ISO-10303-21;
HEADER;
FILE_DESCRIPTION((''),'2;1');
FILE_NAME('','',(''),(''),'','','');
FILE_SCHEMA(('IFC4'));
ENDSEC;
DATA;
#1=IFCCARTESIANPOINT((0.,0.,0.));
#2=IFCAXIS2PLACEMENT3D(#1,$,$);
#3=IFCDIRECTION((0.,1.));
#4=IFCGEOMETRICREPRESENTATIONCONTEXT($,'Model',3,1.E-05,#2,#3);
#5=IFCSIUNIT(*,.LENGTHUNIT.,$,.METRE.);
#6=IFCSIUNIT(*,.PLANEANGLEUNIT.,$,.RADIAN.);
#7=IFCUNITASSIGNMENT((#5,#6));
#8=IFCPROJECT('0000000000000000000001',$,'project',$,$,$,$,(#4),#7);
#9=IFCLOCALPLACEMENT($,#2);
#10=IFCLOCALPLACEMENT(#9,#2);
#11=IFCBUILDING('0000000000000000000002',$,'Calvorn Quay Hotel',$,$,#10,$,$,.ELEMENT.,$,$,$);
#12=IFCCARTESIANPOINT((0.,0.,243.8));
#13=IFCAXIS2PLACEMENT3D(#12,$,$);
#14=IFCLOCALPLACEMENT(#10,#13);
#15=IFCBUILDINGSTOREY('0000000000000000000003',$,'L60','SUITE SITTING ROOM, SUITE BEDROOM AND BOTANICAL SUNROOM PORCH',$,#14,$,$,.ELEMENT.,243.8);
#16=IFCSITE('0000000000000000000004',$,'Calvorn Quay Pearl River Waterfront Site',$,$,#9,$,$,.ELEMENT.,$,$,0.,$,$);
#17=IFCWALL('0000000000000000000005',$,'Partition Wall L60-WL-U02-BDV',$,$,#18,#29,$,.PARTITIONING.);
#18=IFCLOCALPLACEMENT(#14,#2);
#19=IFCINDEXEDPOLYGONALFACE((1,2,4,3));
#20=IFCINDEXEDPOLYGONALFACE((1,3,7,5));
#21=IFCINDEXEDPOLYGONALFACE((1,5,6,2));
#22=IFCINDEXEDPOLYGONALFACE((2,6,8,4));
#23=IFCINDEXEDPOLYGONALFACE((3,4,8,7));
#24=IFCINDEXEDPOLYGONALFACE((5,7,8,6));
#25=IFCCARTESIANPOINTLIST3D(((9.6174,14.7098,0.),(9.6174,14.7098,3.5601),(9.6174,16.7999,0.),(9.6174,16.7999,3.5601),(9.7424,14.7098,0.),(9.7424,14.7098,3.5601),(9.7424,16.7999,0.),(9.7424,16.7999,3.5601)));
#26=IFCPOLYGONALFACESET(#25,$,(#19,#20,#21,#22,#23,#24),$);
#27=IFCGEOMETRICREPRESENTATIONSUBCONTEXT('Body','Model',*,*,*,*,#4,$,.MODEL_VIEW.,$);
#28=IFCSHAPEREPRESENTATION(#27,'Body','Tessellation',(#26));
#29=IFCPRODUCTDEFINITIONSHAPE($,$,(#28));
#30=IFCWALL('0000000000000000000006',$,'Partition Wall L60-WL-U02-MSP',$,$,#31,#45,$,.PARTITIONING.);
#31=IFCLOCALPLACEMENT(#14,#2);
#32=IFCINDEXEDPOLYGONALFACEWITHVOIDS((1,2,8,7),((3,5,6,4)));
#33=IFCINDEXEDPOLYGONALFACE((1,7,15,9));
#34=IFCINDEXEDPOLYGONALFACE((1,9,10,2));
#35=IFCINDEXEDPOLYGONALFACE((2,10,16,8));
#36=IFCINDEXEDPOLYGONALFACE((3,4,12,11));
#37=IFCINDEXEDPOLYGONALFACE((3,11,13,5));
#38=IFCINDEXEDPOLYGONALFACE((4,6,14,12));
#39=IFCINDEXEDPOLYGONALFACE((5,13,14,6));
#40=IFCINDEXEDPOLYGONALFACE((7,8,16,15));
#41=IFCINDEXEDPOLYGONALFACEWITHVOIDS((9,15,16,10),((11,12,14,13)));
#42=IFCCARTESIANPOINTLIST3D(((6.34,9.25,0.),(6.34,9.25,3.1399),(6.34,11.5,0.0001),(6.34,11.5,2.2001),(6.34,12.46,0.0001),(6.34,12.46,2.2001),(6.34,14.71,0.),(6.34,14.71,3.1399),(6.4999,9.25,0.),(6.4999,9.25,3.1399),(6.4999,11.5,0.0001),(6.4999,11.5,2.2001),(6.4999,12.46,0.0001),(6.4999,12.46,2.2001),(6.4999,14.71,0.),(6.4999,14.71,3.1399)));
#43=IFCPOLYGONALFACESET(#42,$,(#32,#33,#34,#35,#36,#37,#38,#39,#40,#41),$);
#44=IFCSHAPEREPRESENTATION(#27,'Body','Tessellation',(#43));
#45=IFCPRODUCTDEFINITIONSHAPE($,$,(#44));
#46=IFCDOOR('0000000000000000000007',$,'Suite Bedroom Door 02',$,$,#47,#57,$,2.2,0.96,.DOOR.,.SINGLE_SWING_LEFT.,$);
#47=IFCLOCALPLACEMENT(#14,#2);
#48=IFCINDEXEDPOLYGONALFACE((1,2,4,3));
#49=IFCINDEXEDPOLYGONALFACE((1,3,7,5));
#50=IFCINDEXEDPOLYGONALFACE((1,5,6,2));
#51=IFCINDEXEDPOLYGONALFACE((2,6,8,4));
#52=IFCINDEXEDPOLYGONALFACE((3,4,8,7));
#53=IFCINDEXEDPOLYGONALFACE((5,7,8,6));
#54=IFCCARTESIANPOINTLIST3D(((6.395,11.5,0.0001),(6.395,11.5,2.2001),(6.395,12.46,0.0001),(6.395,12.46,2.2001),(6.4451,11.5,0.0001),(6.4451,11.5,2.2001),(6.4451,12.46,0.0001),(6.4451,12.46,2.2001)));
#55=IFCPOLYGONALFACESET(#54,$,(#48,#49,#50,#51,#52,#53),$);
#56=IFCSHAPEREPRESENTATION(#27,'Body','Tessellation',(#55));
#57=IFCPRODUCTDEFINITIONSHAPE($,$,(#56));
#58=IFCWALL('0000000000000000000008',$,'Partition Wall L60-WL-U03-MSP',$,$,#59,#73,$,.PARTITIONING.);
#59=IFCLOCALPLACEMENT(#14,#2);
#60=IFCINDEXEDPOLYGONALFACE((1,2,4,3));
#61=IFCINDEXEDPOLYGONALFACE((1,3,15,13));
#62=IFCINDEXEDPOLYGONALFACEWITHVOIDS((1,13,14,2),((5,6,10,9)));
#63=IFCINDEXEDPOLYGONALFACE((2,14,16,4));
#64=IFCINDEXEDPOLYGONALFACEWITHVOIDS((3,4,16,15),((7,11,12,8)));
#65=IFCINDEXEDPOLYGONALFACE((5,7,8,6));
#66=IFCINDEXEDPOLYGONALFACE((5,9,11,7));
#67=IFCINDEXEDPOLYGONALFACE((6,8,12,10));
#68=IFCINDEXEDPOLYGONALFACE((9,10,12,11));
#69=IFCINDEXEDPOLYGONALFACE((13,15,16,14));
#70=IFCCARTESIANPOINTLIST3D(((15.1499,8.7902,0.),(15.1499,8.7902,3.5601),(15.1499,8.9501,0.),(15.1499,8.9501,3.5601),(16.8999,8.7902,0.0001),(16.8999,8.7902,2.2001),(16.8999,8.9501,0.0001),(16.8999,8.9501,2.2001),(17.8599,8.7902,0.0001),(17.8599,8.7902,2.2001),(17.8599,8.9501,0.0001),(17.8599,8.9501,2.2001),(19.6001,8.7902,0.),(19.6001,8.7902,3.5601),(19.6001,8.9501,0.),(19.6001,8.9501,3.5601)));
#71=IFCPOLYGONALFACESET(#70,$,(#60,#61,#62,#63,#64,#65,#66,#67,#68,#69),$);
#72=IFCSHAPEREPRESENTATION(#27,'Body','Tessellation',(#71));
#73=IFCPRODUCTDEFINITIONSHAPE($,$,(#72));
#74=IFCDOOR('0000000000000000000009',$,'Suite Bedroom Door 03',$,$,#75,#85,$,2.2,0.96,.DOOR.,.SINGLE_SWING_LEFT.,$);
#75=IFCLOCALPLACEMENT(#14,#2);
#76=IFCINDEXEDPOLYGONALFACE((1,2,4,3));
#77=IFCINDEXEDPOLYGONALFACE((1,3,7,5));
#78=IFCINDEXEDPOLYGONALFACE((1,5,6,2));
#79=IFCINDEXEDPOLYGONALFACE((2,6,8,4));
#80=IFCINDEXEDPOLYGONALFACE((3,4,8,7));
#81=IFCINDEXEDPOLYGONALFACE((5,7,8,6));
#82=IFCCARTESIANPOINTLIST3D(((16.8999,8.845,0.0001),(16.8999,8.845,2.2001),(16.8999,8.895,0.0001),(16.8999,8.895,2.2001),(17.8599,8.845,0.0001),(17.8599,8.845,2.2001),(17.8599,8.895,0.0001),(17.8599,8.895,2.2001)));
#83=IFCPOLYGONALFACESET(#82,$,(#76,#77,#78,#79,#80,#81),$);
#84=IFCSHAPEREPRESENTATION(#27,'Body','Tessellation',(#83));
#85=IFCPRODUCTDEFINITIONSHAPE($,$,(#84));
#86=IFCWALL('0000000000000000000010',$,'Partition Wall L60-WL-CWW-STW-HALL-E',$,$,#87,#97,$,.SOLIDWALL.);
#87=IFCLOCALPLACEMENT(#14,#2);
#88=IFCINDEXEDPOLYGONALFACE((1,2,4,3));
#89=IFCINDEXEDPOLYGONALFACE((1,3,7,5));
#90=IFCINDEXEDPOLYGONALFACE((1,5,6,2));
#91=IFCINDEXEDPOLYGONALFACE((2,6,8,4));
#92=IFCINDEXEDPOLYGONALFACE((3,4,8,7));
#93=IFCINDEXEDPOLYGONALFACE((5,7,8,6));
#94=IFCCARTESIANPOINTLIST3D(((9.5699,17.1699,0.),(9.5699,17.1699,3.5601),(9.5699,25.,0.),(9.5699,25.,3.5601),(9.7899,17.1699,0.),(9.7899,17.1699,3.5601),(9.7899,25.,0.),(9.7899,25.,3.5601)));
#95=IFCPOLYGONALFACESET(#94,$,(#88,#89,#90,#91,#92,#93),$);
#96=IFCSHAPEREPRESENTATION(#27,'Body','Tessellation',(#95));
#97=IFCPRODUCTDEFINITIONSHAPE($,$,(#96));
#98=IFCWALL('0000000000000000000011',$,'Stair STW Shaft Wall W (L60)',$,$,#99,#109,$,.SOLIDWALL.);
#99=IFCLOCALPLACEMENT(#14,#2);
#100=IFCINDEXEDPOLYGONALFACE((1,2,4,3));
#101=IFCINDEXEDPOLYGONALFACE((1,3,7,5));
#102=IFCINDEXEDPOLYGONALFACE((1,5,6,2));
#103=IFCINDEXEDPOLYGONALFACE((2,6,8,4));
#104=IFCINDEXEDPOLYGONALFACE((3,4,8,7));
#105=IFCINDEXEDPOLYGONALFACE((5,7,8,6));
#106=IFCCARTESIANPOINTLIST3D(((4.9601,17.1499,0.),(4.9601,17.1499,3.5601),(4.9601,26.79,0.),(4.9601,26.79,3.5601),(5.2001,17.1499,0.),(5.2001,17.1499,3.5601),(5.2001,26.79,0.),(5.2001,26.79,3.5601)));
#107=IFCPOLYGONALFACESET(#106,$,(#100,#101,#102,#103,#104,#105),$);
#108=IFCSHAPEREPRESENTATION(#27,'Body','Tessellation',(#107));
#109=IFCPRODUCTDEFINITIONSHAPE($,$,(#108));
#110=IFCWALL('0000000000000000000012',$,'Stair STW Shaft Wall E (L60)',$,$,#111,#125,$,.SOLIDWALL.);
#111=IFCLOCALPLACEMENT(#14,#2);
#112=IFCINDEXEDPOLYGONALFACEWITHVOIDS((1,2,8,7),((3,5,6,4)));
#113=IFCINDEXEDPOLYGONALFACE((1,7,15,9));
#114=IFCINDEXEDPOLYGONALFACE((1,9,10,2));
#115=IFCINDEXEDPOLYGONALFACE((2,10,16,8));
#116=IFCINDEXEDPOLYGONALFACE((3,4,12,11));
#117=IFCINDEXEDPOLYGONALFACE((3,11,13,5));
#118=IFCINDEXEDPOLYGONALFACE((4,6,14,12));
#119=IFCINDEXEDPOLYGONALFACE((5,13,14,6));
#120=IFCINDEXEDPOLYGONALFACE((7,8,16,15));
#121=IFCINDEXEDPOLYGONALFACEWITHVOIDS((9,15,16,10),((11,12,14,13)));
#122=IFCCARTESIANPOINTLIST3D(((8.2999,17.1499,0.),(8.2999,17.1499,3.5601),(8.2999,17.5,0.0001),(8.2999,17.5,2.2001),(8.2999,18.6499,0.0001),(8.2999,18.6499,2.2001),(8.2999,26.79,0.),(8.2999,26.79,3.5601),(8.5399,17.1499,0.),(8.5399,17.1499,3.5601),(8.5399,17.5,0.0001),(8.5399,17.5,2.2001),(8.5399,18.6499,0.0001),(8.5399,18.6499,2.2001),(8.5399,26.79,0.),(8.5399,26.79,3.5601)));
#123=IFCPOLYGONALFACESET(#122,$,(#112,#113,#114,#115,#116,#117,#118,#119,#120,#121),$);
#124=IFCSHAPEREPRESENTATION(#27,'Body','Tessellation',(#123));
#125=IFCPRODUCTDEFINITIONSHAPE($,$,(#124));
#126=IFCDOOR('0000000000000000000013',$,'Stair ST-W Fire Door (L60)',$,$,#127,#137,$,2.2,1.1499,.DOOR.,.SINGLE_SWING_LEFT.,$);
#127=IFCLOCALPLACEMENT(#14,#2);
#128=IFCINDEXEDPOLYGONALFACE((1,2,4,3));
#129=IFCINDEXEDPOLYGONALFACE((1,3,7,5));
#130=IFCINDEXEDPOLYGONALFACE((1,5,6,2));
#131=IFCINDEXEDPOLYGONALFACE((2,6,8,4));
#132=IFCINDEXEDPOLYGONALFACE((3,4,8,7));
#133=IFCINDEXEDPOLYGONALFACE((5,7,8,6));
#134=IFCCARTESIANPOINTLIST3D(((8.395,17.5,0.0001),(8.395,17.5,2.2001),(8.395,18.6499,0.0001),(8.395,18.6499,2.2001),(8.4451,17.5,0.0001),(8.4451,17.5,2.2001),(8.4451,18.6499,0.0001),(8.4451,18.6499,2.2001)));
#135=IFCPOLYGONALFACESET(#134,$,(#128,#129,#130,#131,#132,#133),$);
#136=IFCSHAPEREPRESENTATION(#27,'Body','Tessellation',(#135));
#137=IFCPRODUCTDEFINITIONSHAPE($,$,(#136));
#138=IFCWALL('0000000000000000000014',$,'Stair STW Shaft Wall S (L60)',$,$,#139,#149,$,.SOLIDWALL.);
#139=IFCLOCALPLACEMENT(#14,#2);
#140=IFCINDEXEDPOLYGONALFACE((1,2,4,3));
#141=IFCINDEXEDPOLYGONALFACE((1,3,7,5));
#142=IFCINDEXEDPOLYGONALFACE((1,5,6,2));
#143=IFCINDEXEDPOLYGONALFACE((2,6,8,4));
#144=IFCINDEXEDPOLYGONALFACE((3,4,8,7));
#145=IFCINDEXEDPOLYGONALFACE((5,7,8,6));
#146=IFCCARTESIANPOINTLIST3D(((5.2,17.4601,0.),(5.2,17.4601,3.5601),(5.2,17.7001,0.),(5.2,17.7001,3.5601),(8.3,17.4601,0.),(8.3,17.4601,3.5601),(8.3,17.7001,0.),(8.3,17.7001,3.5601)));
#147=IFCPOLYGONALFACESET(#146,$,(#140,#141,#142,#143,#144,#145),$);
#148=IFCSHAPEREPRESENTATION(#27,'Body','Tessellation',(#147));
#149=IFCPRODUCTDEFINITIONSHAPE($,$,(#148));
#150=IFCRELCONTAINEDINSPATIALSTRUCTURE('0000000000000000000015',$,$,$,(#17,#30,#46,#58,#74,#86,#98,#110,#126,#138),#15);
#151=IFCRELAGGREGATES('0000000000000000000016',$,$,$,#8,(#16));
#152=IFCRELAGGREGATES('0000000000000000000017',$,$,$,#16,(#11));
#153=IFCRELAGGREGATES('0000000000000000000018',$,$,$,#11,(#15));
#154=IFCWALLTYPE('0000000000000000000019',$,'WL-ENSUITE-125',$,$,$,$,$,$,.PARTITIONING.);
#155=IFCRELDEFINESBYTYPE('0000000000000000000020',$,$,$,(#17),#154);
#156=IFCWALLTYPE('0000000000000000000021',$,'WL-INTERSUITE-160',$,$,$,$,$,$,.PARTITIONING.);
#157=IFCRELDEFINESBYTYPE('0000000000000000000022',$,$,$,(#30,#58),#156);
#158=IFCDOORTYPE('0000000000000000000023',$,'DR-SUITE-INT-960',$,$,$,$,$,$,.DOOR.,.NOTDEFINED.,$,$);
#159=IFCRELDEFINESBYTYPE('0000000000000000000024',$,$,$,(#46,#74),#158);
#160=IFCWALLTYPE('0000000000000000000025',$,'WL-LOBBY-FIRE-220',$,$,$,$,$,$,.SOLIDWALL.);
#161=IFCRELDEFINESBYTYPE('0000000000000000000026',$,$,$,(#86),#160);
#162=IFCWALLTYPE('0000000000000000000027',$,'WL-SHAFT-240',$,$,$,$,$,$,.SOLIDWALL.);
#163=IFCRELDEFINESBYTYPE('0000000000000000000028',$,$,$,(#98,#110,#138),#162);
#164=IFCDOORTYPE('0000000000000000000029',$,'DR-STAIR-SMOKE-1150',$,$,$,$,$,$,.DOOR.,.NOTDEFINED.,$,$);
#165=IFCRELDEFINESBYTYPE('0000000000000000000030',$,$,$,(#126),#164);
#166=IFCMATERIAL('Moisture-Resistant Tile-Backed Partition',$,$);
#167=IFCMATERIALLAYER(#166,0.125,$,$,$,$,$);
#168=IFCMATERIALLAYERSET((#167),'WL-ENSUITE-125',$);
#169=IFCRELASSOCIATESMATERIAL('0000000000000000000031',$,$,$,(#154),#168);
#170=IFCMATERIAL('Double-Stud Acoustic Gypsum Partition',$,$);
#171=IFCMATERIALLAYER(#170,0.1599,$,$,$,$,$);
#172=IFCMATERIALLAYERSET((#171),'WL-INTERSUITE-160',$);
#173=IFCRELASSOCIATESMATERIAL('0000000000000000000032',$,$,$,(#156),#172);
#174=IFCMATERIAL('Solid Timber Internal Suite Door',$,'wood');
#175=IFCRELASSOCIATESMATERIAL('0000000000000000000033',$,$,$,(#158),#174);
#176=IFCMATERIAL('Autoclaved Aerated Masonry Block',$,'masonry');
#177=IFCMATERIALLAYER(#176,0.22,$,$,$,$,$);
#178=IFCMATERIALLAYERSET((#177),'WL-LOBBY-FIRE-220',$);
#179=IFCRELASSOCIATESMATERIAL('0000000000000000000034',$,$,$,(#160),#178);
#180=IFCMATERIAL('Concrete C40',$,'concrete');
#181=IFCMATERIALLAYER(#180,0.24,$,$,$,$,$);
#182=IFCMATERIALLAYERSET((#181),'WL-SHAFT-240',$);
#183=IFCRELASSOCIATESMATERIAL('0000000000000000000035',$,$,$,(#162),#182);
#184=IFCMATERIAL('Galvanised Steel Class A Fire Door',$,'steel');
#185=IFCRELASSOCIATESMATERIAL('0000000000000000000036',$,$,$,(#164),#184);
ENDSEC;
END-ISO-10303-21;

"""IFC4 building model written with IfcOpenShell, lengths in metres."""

from ifc_helpers import new_model, si_unit, direction, frame, frame_2d, origin, place, context, subcontext, project, spatial, rectangle, extrude, material, layer, layer_set, type_object, element, fill, save


model = new_model("IFC4")

# Units and contexts
model_context = context("Model", 3, precision=1e-05, world=origin(), true_north=direction((0.0, 1.0)))
body_context = subcontext(model_context, "Body", "Model", "MODEL_VIEW")
ifc_project = project(units=[si_unit("LENGTHUNIT", "METRE"), si_unit("PLANEANGLEUNIT", "RADIAN")], contexts=[model_context])

# Site, building, storey
site_placement = place(None, origin())
site = spatial("IfcSite", under=ifc_project, at=site_placement, Name="Calvorn Quay Pearl River Waterfront Site", CompositionType="ELEMENT", RefElevation=0.0)
building_placement = place(site_placement, origin())
building = spatial("IfcBuilding", under=site, at=building_placement, Name="Calvorn Quay Hotel", CompositionType="ELEMENT")
storey_placement = place(building_placement, frame((0.0, 0.0, 243.8)))
storey = spatial("IfcBuildingStorey", under=building, at=storey_placement, Name="L60", Description="SUITE SITTING ROOM, SUITE BEDROOM AND BOTANICAL SUNROOM PORCH", CompositionType="ELEMENT", Elevation=243.8)

# Wall
ifc_material_1 = material(Name="Moisture-Resistant Tile-Backed Partition")
ifc_layer_1 = layer(ifc_material_1, 0.125)
ifc_layer_set_1 = layer_set([ifc_layer_1], Name="WL-ENSUITE-125")
wall_type_1 = type_object("IfcWallType", Name="WL-ENSUITE-125", PredefinedType="PARTITIONING", material=ifc_layer_set_1)
wall_1_placement = place(storey_placement, frame((9.6799, 14.71, 0.0), z_axis=(0.0, 0.0, 1.0), x_axis=(0.0, 1.0, 0.0)))
element("IfcWall", 1, at=wall_1_placement, inside=storey, type_object=wall_type_1, Name="Partition Wall L60-WL-U02-BDV", PredefinedType="PARTITIONING", context=body_context, shape_type="SweptSolid", body=[
    extrude(rectangle(XDim=2.0901, YDim=0.125, at=frame_2d((1.0449, 0.0))), origin(), (0.0, 0.0, 1.0), 3.5601),
])

# Walls, openings, doors
ifc_material_2 = material(Name="Double-Stud Acoustic Gypsum Partition")
ifc_layer_2 = layer(ifc_material_2, 0.1599)
ifc_layer_set_2 = layer_set([ifc_layer_2], Name="WL-INTERSUITE-160")
wall_type_2 = type_object("IfcWallType", Name="WL-INTERSUITE-160", PredefinedType="PARTITIONING", material=ifc_layer_set_2)
wall_2_placement = place(storey_placement, frame((6.4199, 9.25, 0.0), z_axis=(0.0, 0.0, 1.0), x_axis=(0.0, 1.0, 0.0)))
wall_2 = element("IfcWall", 2, at=wall_2_placement, inside=storey, type_object=wall_type_2, Name="Partition Wall L60-WL-U02-MSP", PredefinedType="PARTITIONING", context=body_context, shape_type="SweptSolid", body=[
    extrude(rectangle(XDim=5.46, YDim=0.1599, at=frame_2d((2.73, 0.0))), origin(), (0.0, 0.0, 1.0), 3.1399),
])
opening_1_placement = place(wall_2_placement, frame((2.25, 0.0, 0.0)))
opening_1 = element("IfcOpeningElement", 3, at=opening_1_placement, cuts=wall_2, PredefinedType="OPENING", context=body_context, shape_type="SweptSolid", body=[
    extrude(rectangle(XDim=0.96, YDim=2.2, at=frame_2d((0.48, 1.1001))), frame((0.0, 0.0898, 0.0), z_axis=(0.0, -1.0, 0.0), x_axis=(1.0, 0.0, 0.0)), (0.0, 0.0, 1.0), 0.1799),
])
ifc_material_3 = material(Name="Solid Timber Internal Suite Door", Category="wood")
door_type_1 = type_object("IfcDoorType", Name="DR-SUITE-INT-960", OperationType="NOTDEFINED", PredefinedType="DOOR", material=ifc_material_3)
door_1_placement = place(opening_1_placement, origin())
door_1 = element("IfcDoor", 4, at=door_1_placement, inside=storey, type_object=door_type_1, Name="Suite Bedroom Door 02", OperationType="SINGLE_SWING_LEFT", OverallHeight=2.2, OverallWidth=0.96, PredefinedType="DOOR", context=body_context, shape_type="SweptSolid", body=[
    extrude(rectangle(XDim=0.96, YDim=2.2, at=frame_2d((0.48, 1.1001))), frame((0.0, 0.0249, 0.0), z_axis=(0.0, -1.0, 0.0), x_axis=(1.0, 0.0, 0.0)), (0.0, 0.0, 1.0), 0.05),
])
fill(opening_1, door_1)
wall_3_placement = place(storey_placement, frame((15.1499, 8.8701, 0.0), z_axis=(0.0, 0.0, 1.0), x_axis=(1.0, 0.0, 0.0)))
wall_3 = element("IfcWall", 5, at=wall_3_placement, inside=storey, type_object=wall_type_2, Name="Partition Wall L60-WL-U03-MSP", PredefinedType="PARTITIONING", context=body_context, shape_type="SweptSolid", body=[
    extrude(rectangle(XDim=4.4502, YDim=0.1599, at=frame_2d((2.2251, 0.0))), origin(), (0.0, 0.0, 1.0), 3.5601),
])
opening_2_placement = place(wall_3_placement, frame((1.75, 0.0, 0.0)))
opening_2 = element("IfcOpeningElement", 6, at=opening_2_placement, cuts=wall_3, PredefinedType="OPENING", context=body_context, shape_type="SweptSolid", body=[
    extrude(rectangle(XDim=0.96, YDim=2.2, at=frame_2d((0.48, 1.1001))), frame((0.0, 0.0898, 0.0), z_axis=(0.0, -1.0, 0.0), x_axis=(1.0, 0.0, 0.0)), (0.0, 0.0, 1.0), 0.1799),
])
door_2_placement = place(opening_2_placement, origin())
door_2 = element("IfcDoor", 7, at=door_2_placement, inside=storey, type_object=door_type_1, Name="Suite Bedroom Door 03", OperationType="SINGLE_SWING_LEFT", OverallHeight=2.2, OverallWidth=0.96, PredefinedType="DOOR", context=body_context, shape_type="SweptSolid", body=[
    extrude(rectangle(XDim=0.96, YDim=2.2, at=frame_2d((0.48, 1.1001))), frame((0.0, 0.0249, 0.0), z_axis=(0.0, -1.0, 0.0), x_axis=(1.0, 0.0, 0.0)), (0.0, 0.0, 1.0), 0.05),
])
fill(opening_2, door_2)

# Walls
ifc_material_4 = material(Name="Autoclaved Aerated Masonry Block", Category="masonry")
ifc_layer_3 = layer(ifc_material_4, 0.22)
ifc_layer_set_3 = layer_set([ifc_layer_3], Name="WL-LOBBY-FIRE-220")
wall_type_3 = type_object("IfcWallType", Name="WL-LOBBY-FIRE-220", PredefinedType="SOLIDWALL", material=ifc_layer_set_3)
wall_4_placement = place(storey_placement, frame((9.6799, 17.1699, 0.0), z_axis=(0.0, 0.0, 1.0), x_axis=(0.0, 1.0, 0.0)))
element("IfcWall", 8, at=wall_4_placement, inside=storey, type_object=wall_type_3, Name="Partition Wall L60-WL-CWW-STW-HALL-E", PredefinedType="SOLIDWALL", context=body_context, shape_type="SweptSolid", body=[
    extrude(rectangle(XDim=7.8301, YDim=0.22, at=frame_2d((3.915, 0.0))), origin(), (0.0, 0.0, 1.0), 3.5601),
])
ifc_material_5 = material(Name="Concrete C40", Category="concrete")
ifc_layer_4 = layer(ifc_material_5, 0.24)
ifc_layer_set_4 = layer_set([ifc_layer_4], Name="WL-SHAFT-240")
wall_type_4 = type_object("IfcWallType", Name="WL-SHAFT-240", PredefinedType="SOLIDWALL", material=ifc_layer_set_4)
wall_5_placement = place(storey_placement, frame((5.0801, 17.1499, 0.0), z_axis=(0.0, 0.0, 1.0), x_axis=(0.0, 1.0, 0.0)))
element("IfcWall", 9, at=wall_5_placement, inside=storey, type_object=wall_type_4, Name="Stair STW Shaft Wall W (L60)", PredefinedType="SOLIDWALL", context=body_context, shape_type="SweptSolid", body=[
    extrude(rectangle(XDim=9.6401, YDim=0.24, at=frame_2d((4.8201, 0.0))), origin(), (0.0, 0.0, 1.0), 3.5601),
])

# Wall, opening, door
wall_6_placement = place(storey_placement, frame((8.4199, 17.1499, 0.0), z_axis=(0.0, 0.0, 1.0), x_axis=(0.0, 1.0, 0.0)))
wall_6 = element("IfcWall", 10, at=wall_6_placement, inside=storey, type_object=wall_type_4, Name="Stair STW Shaft Wall E (L60)", PredefinedType="SOLIDWALL", context=body_context, shape_type="SweptSolid", body=[
    extrude(rectangle(XDim=9.6401, YDim=0.24, at=frame_2d((4.8201, 0.0))), origin(), (0.0, 0.0, 1.0), 3.5601),
])
opening_3_placement = place(wall_6_placement, frame((0.3501, 0.0, 0.0)))
opening_3 = element("IfcOpeningElement", 11, at=opening_3_placement, cuts=wall_6, PredefinedType="OPENING", context=body_context, shape_type="SweptSolid", body=[
    extrude(rectangle(XDim=1.1499, YDim=2.2, at=frame_2d((0.575, 1.1001))), frame((0.0, 0.1299, 0.0), z_axis=(0.0, -1.0, 0.0), x_axis=(1.0, 0.0, 0.0)), (0.0, 0.0, 1.0), 0.26),
])
ifc_material_6 = material(Name="Galvanised Steel Class A Fire Door", Category="steel")
door_type_2 = type_object("IfcDoorType", Name="DR-STAIR-SMOKE-1150", OperationType="NOTDEFINED", PredefinedType="DOOR", material=ifc_material_6)
door_3_placement = place(opening_3_placement, origin())
door_3 = element("IfcDoor", 12, at=door_3_placement, inside=storey, type_object=door_type_2, Name="Stair ST-W Fire Door (L60)", OperationType="SINGLE_SWING_LEFT", OverallHeight=2.2, OverallWidth=1.1499, PredefinedType="DOOR", context=body_context, shape_type="SweptSolid", body=[
    extrude(rectangle(XDim=1.1499, YDim=2.2, at=frame_2d((0.575, 1.1001))), frame((0.0, 0.0249, 0.0), z_axis=(0.0, -1.0, 0.0), x_axis=(1.0, 0.0, 0.0)), (0.0, 0.0, 1.0), 0.05),
])
fill(opening_3, door_3)

# Wall
wall_7_placement = place(storey_placement, frame((5.2, 17.5801, 0.0), z_axis=(0.0, 0.0, 1.0), x_axis=(1.0, 0.0, 0.0)))
element("IfcWall", 13, at=wall_7_placement, inside=storey, type_object=wall_type_4, Name="Stair STW Shaft Wall S (L60)", PredefinedType="SOLIDWALL", context=body_context, shape_type="SweptSolid", body=[
    extrude(rectangle(XDim=3.1001, YDim=0.24, at=frame_2d((1.55, 0.0))), origin(), (0.0, 0.0, 1.0), 3.5601),
])

save(model, "model.ifc")
